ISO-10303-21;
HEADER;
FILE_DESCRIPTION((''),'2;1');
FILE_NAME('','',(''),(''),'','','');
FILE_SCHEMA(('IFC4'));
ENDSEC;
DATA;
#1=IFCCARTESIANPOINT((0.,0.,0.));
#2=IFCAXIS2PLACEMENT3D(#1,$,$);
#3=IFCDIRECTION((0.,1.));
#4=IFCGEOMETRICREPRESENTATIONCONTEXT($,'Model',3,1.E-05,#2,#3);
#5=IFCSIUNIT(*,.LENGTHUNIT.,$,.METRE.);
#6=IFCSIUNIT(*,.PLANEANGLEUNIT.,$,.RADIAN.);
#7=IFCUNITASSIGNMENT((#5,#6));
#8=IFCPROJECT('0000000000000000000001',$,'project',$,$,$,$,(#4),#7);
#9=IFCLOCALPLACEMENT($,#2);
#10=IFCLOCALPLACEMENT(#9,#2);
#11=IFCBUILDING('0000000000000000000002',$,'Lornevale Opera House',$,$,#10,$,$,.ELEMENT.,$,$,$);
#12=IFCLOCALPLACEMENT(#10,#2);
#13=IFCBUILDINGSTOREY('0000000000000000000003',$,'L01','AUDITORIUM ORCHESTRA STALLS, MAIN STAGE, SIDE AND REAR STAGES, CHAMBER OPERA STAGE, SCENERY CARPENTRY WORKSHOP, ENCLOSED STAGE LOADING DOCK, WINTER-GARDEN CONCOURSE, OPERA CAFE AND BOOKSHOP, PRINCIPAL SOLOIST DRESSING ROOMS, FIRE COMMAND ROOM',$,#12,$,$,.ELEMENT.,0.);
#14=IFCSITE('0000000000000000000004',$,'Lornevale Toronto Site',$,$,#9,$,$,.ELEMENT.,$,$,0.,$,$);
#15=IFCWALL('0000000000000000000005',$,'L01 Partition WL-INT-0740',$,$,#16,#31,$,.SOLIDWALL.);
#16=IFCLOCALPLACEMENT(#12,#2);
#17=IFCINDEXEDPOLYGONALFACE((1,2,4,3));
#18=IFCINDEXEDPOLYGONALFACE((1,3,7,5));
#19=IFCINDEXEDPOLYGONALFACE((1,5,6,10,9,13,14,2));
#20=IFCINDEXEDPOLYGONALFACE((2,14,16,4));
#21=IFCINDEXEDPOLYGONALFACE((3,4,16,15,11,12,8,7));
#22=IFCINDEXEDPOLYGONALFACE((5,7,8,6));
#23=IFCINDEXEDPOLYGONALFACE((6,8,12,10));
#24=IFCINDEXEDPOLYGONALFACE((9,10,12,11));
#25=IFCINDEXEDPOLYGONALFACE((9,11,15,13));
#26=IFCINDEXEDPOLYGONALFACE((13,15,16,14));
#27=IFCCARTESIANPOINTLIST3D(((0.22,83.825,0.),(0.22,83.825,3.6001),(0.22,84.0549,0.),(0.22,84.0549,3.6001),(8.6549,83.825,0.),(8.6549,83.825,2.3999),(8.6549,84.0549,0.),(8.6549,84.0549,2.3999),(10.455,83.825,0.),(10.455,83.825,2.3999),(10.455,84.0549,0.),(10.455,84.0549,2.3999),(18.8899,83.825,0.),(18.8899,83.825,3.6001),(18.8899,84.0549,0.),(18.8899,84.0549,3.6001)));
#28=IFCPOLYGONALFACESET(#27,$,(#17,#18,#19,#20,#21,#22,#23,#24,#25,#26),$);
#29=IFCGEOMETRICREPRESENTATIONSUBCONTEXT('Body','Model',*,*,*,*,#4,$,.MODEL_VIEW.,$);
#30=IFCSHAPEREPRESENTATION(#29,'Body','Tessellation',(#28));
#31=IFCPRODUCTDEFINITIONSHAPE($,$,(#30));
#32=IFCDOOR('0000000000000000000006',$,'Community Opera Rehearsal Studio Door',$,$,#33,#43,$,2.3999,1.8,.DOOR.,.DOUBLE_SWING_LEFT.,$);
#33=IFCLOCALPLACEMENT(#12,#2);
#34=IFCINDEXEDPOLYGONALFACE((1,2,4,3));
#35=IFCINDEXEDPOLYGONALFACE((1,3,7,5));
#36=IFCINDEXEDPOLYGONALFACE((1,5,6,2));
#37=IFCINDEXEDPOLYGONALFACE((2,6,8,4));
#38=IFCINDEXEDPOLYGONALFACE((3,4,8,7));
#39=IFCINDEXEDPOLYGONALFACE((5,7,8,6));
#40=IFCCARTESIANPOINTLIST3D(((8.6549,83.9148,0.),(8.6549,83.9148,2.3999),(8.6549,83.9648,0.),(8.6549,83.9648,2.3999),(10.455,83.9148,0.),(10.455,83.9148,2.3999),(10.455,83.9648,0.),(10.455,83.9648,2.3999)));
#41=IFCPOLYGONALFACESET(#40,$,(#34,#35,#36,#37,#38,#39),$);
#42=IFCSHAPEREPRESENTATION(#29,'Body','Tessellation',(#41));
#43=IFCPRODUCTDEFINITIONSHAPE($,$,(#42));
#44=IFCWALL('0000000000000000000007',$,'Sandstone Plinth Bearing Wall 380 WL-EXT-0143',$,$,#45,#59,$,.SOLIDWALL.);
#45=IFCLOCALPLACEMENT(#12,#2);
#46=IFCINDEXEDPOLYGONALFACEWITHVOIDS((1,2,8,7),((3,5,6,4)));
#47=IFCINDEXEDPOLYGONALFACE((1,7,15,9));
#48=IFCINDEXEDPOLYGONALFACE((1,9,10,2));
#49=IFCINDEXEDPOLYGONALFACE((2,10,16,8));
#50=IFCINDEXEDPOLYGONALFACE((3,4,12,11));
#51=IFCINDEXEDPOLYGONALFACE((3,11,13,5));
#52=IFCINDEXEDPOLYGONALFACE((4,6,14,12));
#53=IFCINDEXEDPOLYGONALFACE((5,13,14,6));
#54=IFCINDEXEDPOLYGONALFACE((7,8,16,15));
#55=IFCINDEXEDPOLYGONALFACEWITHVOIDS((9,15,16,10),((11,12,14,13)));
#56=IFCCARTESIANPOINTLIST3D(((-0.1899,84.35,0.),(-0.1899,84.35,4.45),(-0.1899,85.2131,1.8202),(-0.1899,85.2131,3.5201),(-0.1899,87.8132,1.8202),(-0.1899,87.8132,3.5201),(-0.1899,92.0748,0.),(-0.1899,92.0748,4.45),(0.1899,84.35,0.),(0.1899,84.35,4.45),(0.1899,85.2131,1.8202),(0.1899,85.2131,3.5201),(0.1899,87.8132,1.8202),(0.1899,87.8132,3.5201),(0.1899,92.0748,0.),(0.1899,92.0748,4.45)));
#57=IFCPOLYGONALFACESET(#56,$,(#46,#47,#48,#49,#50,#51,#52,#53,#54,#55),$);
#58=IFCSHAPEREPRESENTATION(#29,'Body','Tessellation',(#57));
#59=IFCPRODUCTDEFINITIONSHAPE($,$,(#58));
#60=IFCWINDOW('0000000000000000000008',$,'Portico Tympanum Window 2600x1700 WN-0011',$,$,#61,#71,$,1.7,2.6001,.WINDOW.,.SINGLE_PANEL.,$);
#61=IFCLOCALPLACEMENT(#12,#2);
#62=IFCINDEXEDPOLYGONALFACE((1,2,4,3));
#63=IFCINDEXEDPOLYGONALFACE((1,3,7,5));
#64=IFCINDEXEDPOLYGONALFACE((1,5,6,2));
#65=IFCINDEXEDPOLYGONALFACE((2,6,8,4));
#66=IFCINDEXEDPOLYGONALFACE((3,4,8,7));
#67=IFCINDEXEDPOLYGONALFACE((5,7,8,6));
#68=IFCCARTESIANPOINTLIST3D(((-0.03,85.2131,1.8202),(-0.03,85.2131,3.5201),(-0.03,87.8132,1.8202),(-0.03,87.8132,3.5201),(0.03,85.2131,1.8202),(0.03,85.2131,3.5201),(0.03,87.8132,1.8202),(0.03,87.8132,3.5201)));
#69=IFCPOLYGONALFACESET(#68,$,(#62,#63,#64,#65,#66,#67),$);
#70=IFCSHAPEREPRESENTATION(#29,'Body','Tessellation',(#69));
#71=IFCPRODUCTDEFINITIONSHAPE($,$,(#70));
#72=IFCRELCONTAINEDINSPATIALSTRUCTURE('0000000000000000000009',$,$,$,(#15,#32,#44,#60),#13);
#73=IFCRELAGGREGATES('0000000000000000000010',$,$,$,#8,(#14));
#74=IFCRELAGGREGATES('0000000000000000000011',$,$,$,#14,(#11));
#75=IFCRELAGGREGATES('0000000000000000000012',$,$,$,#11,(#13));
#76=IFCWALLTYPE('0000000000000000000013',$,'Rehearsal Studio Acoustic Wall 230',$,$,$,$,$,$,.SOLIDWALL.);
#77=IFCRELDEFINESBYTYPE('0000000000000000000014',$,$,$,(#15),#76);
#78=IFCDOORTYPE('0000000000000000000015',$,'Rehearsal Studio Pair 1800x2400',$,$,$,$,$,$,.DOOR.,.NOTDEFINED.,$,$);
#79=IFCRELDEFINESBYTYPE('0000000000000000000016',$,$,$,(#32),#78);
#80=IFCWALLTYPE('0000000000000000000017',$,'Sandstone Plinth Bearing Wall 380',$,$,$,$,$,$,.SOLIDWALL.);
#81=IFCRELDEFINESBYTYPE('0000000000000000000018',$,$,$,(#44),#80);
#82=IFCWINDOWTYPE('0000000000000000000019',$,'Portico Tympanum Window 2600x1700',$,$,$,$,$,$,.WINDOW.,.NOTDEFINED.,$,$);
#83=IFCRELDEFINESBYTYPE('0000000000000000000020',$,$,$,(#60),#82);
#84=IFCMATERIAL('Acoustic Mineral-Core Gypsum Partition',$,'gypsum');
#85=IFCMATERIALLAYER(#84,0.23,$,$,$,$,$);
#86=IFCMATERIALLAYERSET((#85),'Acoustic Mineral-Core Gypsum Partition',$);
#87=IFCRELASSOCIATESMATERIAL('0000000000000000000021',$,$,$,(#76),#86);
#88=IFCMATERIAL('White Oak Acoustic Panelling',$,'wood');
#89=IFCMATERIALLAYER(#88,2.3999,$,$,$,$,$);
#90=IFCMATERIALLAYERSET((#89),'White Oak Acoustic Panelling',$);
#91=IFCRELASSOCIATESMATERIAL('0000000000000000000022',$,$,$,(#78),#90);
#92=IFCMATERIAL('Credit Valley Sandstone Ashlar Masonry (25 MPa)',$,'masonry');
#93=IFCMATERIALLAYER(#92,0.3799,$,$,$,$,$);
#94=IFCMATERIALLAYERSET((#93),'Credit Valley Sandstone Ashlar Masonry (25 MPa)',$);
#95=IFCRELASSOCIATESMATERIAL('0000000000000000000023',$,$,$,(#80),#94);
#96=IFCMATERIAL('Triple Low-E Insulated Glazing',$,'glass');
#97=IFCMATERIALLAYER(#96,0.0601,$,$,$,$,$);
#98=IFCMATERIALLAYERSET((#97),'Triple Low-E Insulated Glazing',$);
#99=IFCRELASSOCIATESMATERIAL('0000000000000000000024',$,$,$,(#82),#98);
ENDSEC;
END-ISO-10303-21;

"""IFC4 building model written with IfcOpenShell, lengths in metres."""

from ifc_helpers import new_model, si_unit, direction, frame, frame_2d, origin, place, context, subcontext, project, spatial, rectangle, extrude, material, layer, layer_set, type_object, element, fill, save


model = new_model("IFC4")

# Units and contexts
model_context = context("Model", 3, precision=1e-05, world=origin(), true_north=direction((0.0, 1.0)))
body_context = subcontext(model_context, "Body", "Model", "MODEL_VIEW")
ifc_project = project(units=[si_unit("LENGTHUNIT", "METRE"), si_unit("PLANEANGLEUNIT", "RADIAN")], contexts=[model_context])

# Site, building, storey
site_placement = place(None, origin())
site = spatial("IfcSite", under=ifc_project, at=site_placement, Name="Lornevale Toronto Site", CompositionType="ELEMENT", RefElevation=0.0)
building_placement = place(site_placement, origin())
building = spatial("IfcBuilding", under=site, at=building_placement, Name="Lornevale Opera House", CompositionType="ELEMENT")
storey_placement = place(building_placement, origin())
storey = spatial("IfcBuildingStorey", under=building, at=storey_placement, Name="L01", Description="AUDITORIUM ORCHESTRA STALLS, MAIN STAGE, SIDE AND REAR STAGES, CHAMBER OPERA STAGE, SCENERY CARPENTRY WORKSHOP, ENCLOSED STAGE LOADING DOCK, WINTER-GARDEN CONCOURSE, OPERA CAFE AND BOOKSHOP, PRINCIPAL SOLOIST DRESSING ROOMS, FIRE COMMAND ROOM", CompositionType="ELEMENT", Elevation=0.0)

# Wall, opening, door
ifc_material_1 = material(Name="Acoustic Mineral-Core Gypsum Partition", Category="gypsum")
ifc_layer_1 = layer(ifc_material_1, 0.23)
ifc_layer_set_1 = layer_set([ifc_layer_1], Name="Acoustic Mineral-Core Gypsum Partition")
wall_type_1 = type_object("IfcWallType", Name="Rehearsal Studio Acoustic Wall 230", PredefinedType="SOLIDWALL", material=ifc_layer_set_1)
wall_1_placement = place(storey_placement, frame((0.22, 83.9399, 0.0), z_axis=(0.0, 0.0, 1.0), x_axis=(1.0, 0.0, 0.0)))
wall_1 = element("IfcWall", 1, at=wall_1_placement, inside=storey, type_object=wall_type_1, Name="L01 Partition WL-INT-0740", PredefinedType="SOLIDWALL", context=body_context, shape_type="SweptSolid", body=[
    extrude(rectangle(XDim=18.6699, YDim=0.23, at=frame_2d((9.335, 0.0))), origin(), (0.0, 0.0, 1.0), 3.6001),
])
opening_1_placement = place(wall_1_placement, frame((8.4351, 0.0, 0.0)))
opening_1 = element("IfcOpeningElement", 2, at=opening_1_placement, cuts=wall_1, PredefinedType="OPENING", context=body_context, shape_type="SweptSolid", body=[
    extrude(rectangle(XDim=1.8, YDim=2.3999, at=frame_2d((0.8999, 1.2))), frame((0.0, 0.125, 0.0), z_axis=(0.0, -1.0, 0.0), x_axis=(1.0, 0.0, 0.0)), (0.0, 0.0, 1.0), 0.25),
])
ifc_material_2 = material(Name="White Oak Acoustic Panelling", Category="wood")
ifc_layer_2 = layer(ifc_material_2, 2.3999)
ifc_layer_set_2 = layer_set([ifc_layer_2], Name="White Oak Acoustic Panelling")
door_type = type_object("IfcDoorType", Name="Rehearsal Studio Pair 1800x2400", OperationType="NOTDEFINED", PredefinedType="DOOR", material=ifc_layer_set_2)
door_placement = place(opening_1_placement, origin())
door = element("IfcDoor", 3, at=door_placement, inside=storey, type_object=door_type, Name="Community Opera Rehearsal Studio Door", OperationType="DOUBLE_SWING_LEFT", OverallHeight=2.3999, OverallWidth=1.8, PredefinedType="DOOR", context=body_context, shape_type="SweptSolid", body=[
    extrude(rectangle(XDim=1.8, YDim=2.3999, at=frame_2d((0.8999, 1.2))), frame((0.0, 0.0249, 0.0), z_axis=(0.0, -1.0, 0.0), x_axis=(1.0, 0.0, 0.0)), (0.0, 0.0, 1.0), 0.05),
])
fill(opening_1, door)

# Wall, opening, window
ifc_material_3 = material(Name="Credit Valley Sandstone Ashlar Masonry (25 MPa)", Category="masonry")
ifc_layer_3 = layer(ifc_material_3, 0.3799)
ifc_layer_set_3 = layer_set([ifc_layer_3], Name="Credit Valley Sandstone Ashlar Masonry (25 MPa)")
wall_type_2 = type_object("IfcWallType", Name="Sandstone Plinth Bearing Wall 380", PredefinedType="SOLIDWALL", material=ifc_layer_set_3)
wall_2_placement = place(storey_placement, frame((0.0, 84.3501, 0.0), z_axis=(0.0, 0.0, 1.0), x_axis=(0.0, 1.0, 0.0)))
wall_2 = element("IfcWall", 4, at=wall_2_placement, inside=storey, type_object=wall_type_2, Name="Sandstone Plinth Bearing Wall 380 WL-EXT-0143", PredefinedType="SOLIDWALL", context=body_context, shape_type="SweptSolid", body=[
    extrude(rectangle(XDim=7.7249, YDim=0.3799, at=frame_2d((3.8623, 0.0))), origin(), (0.0, 0.0, 1.0), 4.45),
])
opening_2_placement = place(wall_2_placement, frame((0.863, 0.0, 1.8201)))
opening_2 = element("IfcOpeningElement", 5, at=opening_2_placement, cuts=wall_2, PredefinedType="OPENING", context=body_context, shape_type="SweptSolid", body=[
    extrude(rectangle(XDim=2.6001, YDim=1.7, at=frame_2d((1.3, 0.8501))), frame((0.0, 0.2, 0.0), z_axis=(0.0, -1.0, 0.0), x_axis=(1.0, 0.0, 0.0)), (0.0, 0.0, 1.0), 0.3999),
])
ifc_material_4 = material(Name="Triple Low-E Insulated Glazing", Category="glass")
ifc_layer_4 = layer(ifc_material_4, 0.0601)
ifc_layer_set_4 = layer_set([ifc_layer_4], Name="Triple Low-E Insulated Glazing")
window_type = type_object("IfcWindowType", Name="Portico Tympanum Window 2600x1700", PartitioningType="NOTDEFINED", PredefinedType="WINDOW", material=ifc_layer_set_4)
window_placement = place(opening_2_placement, origin())
window = element("IfcWindow", 6, at=window_placement, inside=storey, type_object=window_type, Name="Portico Tympanum Window 2600x1700 WN-0011", OverallHeight=1.7, OverallWidth=2.6001, PartitioningType="SINGLE_PANEL", PredefinedType="WINDOW", context=body_context, shape_type="SweptSolid", body=[
    extrude(rectangle(XDim=2.6001, YDim=1.7, at=frame_2d((1.3, 0.8501))), frame((0.0, 0.03, 0.0), z_axis=(0.0, -1.0, 0.0), x_axis=(1.0, 0.0, 0.0)), (0.0, 0.0, 1.0), 0.0601),
])
fill(opening_2, window)

save(model, "model.ifc")
